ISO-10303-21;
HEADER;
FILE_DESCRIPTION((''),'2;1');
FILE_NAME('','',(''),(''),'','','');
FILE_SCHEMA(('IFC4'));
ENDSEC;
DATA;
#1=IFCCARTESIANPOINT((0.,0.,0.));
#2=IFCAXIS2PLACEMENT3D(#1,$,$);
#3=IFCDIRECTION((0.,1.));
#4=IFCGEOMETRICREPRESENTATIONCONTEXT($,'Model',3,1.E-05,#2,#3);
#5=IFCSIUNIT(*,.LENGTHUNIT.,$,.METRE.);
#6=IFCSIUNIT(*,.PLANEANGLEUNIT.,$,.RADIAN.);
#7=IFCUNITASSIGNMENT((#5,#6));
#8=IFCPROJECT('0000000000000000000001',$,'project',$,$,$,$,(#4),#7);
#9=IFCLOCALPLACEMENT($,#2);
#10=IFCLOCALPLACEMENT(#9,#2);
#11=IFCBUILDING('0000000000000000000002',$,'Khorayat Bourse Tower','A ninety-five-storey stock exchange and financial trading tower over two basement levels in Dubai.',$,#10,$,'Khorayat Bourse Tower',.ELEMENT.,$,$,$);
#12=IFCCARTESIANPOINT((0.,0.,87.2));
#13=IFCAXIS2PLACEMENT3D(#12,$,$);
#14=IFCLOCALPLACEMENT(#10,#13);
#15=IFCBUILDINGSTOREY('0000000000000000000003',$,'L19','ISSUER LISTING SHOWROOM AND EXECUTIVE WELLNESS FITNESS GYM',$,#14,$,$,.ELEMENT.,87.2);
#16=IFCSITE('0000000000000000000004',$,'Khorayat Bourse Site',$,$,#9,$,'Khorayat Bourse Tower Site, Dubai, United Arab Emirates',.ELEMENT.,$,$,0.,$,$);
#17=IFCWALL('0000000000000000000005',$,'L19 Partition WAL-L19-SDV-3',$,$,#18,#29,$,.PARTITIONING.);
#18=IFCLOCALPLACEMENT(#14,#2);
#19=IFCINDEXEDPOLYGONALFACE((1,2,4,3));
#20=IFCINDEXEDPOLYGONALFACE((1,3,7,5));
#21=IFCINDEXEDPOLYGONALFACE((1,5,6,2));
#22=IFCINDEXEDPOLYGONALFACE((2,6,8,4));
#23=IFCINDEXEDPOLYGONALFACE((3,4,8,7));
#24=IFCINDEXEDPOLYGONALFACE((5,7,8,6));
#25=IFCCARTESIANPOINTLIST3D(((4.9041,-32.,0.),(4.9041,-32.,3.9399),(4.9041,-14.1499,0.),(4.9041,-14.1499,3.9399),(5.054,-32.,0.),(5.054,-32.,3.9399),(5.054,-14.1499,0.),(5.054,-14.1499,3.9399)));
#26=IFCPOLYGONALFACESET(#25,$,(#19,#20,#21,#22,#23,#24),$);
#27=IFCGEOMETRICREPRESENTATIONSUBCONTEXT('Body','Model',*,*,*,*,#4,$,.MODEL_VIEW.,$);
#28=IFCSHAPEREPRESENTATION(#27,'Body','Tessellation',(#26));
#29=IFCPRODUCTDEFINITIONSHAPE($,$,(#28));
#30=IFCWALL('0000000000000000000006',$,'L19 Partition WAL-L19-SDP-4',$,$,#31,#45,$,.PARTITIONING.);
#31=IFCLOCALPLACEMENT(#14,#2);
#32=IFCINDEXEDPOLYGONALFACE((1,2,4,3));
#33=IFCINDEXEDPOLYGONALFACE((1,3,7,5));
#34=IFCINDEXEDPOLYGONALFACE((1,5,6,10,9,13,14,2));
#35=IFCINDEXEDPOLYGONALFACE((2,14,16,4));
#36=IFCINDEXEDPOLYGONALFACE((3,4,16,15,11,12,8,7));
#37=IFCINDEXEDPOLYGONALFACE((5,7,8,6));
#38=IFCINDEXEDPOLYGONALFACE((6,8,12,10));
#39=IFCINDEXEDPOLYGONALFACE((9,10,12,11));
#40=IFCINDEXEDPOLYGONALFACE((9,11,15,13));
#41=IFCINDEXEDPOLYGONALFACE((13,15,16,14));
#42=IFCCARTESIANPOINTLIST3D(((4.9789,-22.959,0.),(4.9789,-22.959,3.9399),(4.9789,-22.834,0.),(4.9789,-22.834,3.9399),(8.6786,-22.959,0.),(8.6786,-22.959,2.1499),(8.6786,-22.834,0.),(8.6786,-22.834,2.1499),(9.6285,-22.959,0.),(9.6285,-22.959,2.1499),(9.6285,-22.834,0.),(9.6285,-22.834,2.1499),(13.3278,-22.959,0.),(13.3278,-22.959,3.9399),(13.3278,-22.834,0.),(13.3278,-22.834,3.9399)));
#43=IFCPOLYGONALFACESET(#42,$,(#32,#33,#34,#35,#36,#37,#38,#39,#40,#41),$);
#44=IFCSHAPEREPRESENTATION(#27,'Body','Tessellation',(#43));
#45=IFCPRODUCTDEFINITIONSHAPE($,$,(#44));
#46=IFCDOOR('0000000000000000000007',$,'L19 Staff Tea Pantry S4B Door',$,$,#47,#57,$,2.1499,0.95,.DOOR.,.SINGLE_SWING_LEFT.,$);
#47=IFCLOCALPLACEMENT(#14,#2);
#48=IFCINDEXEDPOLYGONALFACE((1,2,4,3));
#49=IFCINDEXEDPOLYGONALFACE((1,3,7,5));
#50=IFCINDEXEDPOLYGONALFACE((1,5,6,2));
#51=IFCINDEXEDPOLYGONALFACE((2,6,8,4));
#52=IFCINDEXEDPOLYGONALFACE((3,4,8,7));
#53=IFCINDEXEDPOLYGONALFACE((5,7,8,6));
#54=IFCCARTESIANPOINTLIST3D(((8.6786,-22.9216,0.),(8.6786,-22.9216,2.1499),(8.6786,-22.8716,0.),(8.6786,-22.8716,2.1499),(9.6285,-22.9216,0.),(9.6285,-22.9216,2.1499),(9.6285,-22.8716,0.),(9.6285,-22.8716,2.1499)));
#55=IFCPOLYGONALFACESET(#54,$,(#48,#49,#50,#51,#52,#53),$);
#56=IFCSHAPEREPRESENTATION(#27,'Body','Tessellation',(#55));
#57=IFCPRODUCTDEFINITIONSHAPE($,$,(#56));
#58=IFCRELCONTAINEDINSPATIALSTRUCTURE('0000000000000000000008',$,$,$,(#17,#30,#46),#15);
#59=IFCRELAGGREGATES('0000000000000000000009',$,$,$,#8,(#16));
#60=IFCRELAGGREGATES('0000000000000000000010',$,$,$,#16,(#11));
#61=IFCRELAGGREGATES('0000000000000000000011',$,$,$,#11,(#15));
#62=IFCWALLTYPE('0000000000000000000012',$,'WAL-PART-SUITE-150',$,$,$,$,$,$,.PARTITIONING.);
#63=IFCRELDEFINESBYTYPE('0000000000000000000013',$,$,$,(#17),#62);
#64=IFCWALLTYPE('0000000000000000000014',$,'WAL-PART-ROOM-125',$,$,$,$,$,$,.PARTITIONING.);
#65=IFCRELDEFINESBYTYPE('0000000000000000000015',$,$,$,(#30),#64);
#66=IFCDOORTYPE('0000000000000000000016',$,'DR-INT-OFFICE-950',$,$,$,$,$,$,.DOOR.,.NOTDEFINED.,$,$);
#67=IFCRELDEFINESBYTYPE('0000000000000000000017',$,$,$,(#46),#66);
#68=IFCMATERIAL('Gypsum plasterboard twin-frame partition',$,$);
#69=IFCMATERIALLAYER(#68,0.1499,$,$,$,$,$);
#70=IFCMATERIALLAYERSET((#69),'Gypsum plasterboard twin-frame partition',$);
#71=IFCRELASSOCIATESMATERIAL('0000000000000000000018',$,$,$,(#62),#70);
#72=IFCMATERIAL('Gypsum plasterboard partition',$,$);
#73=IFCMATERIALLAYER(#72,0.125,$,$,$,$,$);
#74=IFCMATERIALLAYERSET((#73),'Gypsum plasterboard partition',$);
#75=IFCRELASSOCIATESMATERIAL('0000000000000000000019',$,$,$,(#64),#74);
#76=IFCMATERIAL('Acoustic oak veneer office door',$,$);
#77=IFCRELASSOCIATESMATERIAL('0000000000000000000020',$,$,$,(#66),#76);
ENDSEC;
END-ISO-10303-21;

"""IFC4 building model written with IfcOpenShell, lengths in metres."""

from ifc_helpers import new_model, si_unit, direction, frame, frame_2d, origin, place, context, subcontext, project, spatial, rectangle, extrude, source, transform, mapped, material, layer, layer_set, type_object, element, fill, save


model = new_model("IFC4")

# Units and contexts
model_context = context("Model", 3, precision=1e-05, world=origin(), true_north=direction((0.0, 1.0)))
body_context = subcontext(model_context, "Body", "Model", "MODEL_VIEW")
ifc_project = project(units=[si_unit("LENGTHUNIT", "METRE"), si_unit("PLANEANGLEUNIT", "RADIAN")], contexts=[model_context])

# Site, building, storey
site_placement = place(None, origin())
site = spatial("IfcSite", under=ifc_project, at=site_placement, Name="Khorayat Bourse Site", LongName="Khorayat Bourse Tower Site, Dubai, United Arab Emirates", CompositionType="ELEMENT", RefElevation=0.0)
building_placement = place(site_placement, origin())
building = spatial("IfcBuilding", under=site, at=building_placement, Name="Khorayat Bourse Tower", Description="A ninety-five-storey stock exchange and financial trading tower over two basement levels in Dubai.", LongName="Khorayat Bourse Tower", CompositionType="ELEMENT")
storey_placement = place(building_placement, frame((0.0, 0.0, 87.2)))
storey = spatial("IfcBuildingStorey", under=building, at=storey_placement, Name="L19", Description="ISSUER LISTING SHOWROOM AND EXECUTIVE WELLNESS FITNESS GYM", CompositionType="ELEMENT", Elevation=87.2)

# Wall
ifc_material_1 = material(Name="Gypsum plasterboard twin-frame partition")
ifc_layer_1 = layer(ifc_material_1, 0.1499)
ifc_layer_set_1 = layer_set([ifc_layer_1], Name="Gypsum plasterboard twin-frame partition")
wall_type_1 = type_object("IfcWallType", Name="WAL-PART-SUITE-150", PredefinedType="PARTITIONING", material=ifc_layer_set_1)
shared_shape_1 = source(origin(), body_context, "Body", "SweptSolid", [
    extrude(rectangle(XDim=17.8501, YDim=0.1499, at=frame_2d((8.925, 0.0))), origin(), (0.0, 0.0, 1.0), 3.9399),
])
wall_1_placement = place(storey_placement, frame((4.979, -32.0, 0.0), z_axis=(0.0, 0.0, 1.0), x_axis=(0.0, 1.0, 0.0)))
element("IfcWall", 1, at=wall_1_placement, inside=storey, type_object=wall_type_1, Name="L19 Partition WAL-L19-SDV-3", PredefinedType="PARTITIONING", context=body_context, shape_type="MappedRepresentation", body=[
    mapped(shared_shape_1, transform((0.0, 0.0, 0.0), scale=1.0)),
])

# Wall, opening, door
ifc_material_2 = material(Name="Gypsum plasterboard partition")
ifc_layer_2 = layer(ifc_material_2, 0.125)
ifc_layer_set_2 = layer_set([ifc_layer_2], Name="Gypsum plasterboard partition")
wall_type_2 = type_object("IfcWallType", Name="WAL-PART-ROOM-125", PredefinedType="PARTITIONING", material=ifc_layer_set_2)
shared_shape_2 = source(origin(), body_context, "Body", "SweptSolid", [
    extrude(rectangle(XDim=8.3489, YDim=0.125, at=frame_2d((4.1743, 0.0))), origin(), (0.0, 0.0, 1.0), 3.9399),
])
wall_2_placement = place(storey_placement, frame((4.979, -22.8965, 0.0), z_axis=(0.0, 0.0, 1.0), x_axis=(1.0, 0.0, 0.0)))
wall_2 = element("IfcWall", 2, at=wall_2_placement, inside=storey, type_object=wall_type_2, Name="L19 Partition WAL-L19-SDP-4", PredefinedType="PARTITIONING", context=body_context, shape_type="MappedRepresentation", body=[
    mapped(shared_shape_2, transform((0.0, 0.0, 0.0), scale=1.0)),
])
shared_shape_3 = source(origin(), body_context, "Body", "SweptSolid", [
    extrude(rectangle(XDim=0.95, YDim=2.1499, at=frame_2d((0.4751, 1.075))), frame((0.0, 0.0725, 0.0), z_axis=(0.0, -1.0, 0.0), x_axis=(1.0, 0.0, 0.0)), (0.0, 0.0, 1.0), 0.145),
])
opening_1_placement = place(wall_2_placement, frame((3.6995, 0.0, 0.0)))
opening_1 = element("IfcOpeningElement", 3, at=opening_1_placement, cuts=wall_2, PredefinedType="OPENING", context=body_context, shape_type="MappedRepresentation", body=[
    mapped(shared_shape_3, transform((0.0, 0.0, 0.0), scale=1.0)),
])
ifc_material_3 = material(Name="Acoustic oak veneer office door")
door_type_1 = type_object("IfcDoorType", Name="DR-INT-OFFICE-950", OperationType="NOTDEFINED", PredefinedType="DOOR", material=ifc_material_3)
shared_shape_4 = source(origin(), body_context, "Body", "SweptSolid", [
    extrude(rectangle(XDim=0.95, YDim=2.1499, at=frame_2d((0.4751, 1.075))), frame((0.0, 0.0249, 0.0), z_axis=(0.0, -1.0, 0.0), x_axis=(1.0, 0.0, 0.0)), (0.0, 0.0, 1.0), 0.05),
])
door_1_placement = place(opening_1_placement, origin())
door_1 = element("IfcDoor", 4, at=door_1_placement, inside=storey, type_object=door_type_1, Name="L19 Staff Tea Pantry S4B Door", OperationType="SINGLE_SWING_LEFT", OverallHeight=2.1499, OverallWidth=0.95, PredefinedType="DOOR", context=body_context, shape_type="MappedRepresentation", body=[
    mapped(shared_shape_4, transform((0.0, 0.0, 0.0), scale=1.0)),
])
fill(opening_1, door_1)

save(model, "model.ifc")
